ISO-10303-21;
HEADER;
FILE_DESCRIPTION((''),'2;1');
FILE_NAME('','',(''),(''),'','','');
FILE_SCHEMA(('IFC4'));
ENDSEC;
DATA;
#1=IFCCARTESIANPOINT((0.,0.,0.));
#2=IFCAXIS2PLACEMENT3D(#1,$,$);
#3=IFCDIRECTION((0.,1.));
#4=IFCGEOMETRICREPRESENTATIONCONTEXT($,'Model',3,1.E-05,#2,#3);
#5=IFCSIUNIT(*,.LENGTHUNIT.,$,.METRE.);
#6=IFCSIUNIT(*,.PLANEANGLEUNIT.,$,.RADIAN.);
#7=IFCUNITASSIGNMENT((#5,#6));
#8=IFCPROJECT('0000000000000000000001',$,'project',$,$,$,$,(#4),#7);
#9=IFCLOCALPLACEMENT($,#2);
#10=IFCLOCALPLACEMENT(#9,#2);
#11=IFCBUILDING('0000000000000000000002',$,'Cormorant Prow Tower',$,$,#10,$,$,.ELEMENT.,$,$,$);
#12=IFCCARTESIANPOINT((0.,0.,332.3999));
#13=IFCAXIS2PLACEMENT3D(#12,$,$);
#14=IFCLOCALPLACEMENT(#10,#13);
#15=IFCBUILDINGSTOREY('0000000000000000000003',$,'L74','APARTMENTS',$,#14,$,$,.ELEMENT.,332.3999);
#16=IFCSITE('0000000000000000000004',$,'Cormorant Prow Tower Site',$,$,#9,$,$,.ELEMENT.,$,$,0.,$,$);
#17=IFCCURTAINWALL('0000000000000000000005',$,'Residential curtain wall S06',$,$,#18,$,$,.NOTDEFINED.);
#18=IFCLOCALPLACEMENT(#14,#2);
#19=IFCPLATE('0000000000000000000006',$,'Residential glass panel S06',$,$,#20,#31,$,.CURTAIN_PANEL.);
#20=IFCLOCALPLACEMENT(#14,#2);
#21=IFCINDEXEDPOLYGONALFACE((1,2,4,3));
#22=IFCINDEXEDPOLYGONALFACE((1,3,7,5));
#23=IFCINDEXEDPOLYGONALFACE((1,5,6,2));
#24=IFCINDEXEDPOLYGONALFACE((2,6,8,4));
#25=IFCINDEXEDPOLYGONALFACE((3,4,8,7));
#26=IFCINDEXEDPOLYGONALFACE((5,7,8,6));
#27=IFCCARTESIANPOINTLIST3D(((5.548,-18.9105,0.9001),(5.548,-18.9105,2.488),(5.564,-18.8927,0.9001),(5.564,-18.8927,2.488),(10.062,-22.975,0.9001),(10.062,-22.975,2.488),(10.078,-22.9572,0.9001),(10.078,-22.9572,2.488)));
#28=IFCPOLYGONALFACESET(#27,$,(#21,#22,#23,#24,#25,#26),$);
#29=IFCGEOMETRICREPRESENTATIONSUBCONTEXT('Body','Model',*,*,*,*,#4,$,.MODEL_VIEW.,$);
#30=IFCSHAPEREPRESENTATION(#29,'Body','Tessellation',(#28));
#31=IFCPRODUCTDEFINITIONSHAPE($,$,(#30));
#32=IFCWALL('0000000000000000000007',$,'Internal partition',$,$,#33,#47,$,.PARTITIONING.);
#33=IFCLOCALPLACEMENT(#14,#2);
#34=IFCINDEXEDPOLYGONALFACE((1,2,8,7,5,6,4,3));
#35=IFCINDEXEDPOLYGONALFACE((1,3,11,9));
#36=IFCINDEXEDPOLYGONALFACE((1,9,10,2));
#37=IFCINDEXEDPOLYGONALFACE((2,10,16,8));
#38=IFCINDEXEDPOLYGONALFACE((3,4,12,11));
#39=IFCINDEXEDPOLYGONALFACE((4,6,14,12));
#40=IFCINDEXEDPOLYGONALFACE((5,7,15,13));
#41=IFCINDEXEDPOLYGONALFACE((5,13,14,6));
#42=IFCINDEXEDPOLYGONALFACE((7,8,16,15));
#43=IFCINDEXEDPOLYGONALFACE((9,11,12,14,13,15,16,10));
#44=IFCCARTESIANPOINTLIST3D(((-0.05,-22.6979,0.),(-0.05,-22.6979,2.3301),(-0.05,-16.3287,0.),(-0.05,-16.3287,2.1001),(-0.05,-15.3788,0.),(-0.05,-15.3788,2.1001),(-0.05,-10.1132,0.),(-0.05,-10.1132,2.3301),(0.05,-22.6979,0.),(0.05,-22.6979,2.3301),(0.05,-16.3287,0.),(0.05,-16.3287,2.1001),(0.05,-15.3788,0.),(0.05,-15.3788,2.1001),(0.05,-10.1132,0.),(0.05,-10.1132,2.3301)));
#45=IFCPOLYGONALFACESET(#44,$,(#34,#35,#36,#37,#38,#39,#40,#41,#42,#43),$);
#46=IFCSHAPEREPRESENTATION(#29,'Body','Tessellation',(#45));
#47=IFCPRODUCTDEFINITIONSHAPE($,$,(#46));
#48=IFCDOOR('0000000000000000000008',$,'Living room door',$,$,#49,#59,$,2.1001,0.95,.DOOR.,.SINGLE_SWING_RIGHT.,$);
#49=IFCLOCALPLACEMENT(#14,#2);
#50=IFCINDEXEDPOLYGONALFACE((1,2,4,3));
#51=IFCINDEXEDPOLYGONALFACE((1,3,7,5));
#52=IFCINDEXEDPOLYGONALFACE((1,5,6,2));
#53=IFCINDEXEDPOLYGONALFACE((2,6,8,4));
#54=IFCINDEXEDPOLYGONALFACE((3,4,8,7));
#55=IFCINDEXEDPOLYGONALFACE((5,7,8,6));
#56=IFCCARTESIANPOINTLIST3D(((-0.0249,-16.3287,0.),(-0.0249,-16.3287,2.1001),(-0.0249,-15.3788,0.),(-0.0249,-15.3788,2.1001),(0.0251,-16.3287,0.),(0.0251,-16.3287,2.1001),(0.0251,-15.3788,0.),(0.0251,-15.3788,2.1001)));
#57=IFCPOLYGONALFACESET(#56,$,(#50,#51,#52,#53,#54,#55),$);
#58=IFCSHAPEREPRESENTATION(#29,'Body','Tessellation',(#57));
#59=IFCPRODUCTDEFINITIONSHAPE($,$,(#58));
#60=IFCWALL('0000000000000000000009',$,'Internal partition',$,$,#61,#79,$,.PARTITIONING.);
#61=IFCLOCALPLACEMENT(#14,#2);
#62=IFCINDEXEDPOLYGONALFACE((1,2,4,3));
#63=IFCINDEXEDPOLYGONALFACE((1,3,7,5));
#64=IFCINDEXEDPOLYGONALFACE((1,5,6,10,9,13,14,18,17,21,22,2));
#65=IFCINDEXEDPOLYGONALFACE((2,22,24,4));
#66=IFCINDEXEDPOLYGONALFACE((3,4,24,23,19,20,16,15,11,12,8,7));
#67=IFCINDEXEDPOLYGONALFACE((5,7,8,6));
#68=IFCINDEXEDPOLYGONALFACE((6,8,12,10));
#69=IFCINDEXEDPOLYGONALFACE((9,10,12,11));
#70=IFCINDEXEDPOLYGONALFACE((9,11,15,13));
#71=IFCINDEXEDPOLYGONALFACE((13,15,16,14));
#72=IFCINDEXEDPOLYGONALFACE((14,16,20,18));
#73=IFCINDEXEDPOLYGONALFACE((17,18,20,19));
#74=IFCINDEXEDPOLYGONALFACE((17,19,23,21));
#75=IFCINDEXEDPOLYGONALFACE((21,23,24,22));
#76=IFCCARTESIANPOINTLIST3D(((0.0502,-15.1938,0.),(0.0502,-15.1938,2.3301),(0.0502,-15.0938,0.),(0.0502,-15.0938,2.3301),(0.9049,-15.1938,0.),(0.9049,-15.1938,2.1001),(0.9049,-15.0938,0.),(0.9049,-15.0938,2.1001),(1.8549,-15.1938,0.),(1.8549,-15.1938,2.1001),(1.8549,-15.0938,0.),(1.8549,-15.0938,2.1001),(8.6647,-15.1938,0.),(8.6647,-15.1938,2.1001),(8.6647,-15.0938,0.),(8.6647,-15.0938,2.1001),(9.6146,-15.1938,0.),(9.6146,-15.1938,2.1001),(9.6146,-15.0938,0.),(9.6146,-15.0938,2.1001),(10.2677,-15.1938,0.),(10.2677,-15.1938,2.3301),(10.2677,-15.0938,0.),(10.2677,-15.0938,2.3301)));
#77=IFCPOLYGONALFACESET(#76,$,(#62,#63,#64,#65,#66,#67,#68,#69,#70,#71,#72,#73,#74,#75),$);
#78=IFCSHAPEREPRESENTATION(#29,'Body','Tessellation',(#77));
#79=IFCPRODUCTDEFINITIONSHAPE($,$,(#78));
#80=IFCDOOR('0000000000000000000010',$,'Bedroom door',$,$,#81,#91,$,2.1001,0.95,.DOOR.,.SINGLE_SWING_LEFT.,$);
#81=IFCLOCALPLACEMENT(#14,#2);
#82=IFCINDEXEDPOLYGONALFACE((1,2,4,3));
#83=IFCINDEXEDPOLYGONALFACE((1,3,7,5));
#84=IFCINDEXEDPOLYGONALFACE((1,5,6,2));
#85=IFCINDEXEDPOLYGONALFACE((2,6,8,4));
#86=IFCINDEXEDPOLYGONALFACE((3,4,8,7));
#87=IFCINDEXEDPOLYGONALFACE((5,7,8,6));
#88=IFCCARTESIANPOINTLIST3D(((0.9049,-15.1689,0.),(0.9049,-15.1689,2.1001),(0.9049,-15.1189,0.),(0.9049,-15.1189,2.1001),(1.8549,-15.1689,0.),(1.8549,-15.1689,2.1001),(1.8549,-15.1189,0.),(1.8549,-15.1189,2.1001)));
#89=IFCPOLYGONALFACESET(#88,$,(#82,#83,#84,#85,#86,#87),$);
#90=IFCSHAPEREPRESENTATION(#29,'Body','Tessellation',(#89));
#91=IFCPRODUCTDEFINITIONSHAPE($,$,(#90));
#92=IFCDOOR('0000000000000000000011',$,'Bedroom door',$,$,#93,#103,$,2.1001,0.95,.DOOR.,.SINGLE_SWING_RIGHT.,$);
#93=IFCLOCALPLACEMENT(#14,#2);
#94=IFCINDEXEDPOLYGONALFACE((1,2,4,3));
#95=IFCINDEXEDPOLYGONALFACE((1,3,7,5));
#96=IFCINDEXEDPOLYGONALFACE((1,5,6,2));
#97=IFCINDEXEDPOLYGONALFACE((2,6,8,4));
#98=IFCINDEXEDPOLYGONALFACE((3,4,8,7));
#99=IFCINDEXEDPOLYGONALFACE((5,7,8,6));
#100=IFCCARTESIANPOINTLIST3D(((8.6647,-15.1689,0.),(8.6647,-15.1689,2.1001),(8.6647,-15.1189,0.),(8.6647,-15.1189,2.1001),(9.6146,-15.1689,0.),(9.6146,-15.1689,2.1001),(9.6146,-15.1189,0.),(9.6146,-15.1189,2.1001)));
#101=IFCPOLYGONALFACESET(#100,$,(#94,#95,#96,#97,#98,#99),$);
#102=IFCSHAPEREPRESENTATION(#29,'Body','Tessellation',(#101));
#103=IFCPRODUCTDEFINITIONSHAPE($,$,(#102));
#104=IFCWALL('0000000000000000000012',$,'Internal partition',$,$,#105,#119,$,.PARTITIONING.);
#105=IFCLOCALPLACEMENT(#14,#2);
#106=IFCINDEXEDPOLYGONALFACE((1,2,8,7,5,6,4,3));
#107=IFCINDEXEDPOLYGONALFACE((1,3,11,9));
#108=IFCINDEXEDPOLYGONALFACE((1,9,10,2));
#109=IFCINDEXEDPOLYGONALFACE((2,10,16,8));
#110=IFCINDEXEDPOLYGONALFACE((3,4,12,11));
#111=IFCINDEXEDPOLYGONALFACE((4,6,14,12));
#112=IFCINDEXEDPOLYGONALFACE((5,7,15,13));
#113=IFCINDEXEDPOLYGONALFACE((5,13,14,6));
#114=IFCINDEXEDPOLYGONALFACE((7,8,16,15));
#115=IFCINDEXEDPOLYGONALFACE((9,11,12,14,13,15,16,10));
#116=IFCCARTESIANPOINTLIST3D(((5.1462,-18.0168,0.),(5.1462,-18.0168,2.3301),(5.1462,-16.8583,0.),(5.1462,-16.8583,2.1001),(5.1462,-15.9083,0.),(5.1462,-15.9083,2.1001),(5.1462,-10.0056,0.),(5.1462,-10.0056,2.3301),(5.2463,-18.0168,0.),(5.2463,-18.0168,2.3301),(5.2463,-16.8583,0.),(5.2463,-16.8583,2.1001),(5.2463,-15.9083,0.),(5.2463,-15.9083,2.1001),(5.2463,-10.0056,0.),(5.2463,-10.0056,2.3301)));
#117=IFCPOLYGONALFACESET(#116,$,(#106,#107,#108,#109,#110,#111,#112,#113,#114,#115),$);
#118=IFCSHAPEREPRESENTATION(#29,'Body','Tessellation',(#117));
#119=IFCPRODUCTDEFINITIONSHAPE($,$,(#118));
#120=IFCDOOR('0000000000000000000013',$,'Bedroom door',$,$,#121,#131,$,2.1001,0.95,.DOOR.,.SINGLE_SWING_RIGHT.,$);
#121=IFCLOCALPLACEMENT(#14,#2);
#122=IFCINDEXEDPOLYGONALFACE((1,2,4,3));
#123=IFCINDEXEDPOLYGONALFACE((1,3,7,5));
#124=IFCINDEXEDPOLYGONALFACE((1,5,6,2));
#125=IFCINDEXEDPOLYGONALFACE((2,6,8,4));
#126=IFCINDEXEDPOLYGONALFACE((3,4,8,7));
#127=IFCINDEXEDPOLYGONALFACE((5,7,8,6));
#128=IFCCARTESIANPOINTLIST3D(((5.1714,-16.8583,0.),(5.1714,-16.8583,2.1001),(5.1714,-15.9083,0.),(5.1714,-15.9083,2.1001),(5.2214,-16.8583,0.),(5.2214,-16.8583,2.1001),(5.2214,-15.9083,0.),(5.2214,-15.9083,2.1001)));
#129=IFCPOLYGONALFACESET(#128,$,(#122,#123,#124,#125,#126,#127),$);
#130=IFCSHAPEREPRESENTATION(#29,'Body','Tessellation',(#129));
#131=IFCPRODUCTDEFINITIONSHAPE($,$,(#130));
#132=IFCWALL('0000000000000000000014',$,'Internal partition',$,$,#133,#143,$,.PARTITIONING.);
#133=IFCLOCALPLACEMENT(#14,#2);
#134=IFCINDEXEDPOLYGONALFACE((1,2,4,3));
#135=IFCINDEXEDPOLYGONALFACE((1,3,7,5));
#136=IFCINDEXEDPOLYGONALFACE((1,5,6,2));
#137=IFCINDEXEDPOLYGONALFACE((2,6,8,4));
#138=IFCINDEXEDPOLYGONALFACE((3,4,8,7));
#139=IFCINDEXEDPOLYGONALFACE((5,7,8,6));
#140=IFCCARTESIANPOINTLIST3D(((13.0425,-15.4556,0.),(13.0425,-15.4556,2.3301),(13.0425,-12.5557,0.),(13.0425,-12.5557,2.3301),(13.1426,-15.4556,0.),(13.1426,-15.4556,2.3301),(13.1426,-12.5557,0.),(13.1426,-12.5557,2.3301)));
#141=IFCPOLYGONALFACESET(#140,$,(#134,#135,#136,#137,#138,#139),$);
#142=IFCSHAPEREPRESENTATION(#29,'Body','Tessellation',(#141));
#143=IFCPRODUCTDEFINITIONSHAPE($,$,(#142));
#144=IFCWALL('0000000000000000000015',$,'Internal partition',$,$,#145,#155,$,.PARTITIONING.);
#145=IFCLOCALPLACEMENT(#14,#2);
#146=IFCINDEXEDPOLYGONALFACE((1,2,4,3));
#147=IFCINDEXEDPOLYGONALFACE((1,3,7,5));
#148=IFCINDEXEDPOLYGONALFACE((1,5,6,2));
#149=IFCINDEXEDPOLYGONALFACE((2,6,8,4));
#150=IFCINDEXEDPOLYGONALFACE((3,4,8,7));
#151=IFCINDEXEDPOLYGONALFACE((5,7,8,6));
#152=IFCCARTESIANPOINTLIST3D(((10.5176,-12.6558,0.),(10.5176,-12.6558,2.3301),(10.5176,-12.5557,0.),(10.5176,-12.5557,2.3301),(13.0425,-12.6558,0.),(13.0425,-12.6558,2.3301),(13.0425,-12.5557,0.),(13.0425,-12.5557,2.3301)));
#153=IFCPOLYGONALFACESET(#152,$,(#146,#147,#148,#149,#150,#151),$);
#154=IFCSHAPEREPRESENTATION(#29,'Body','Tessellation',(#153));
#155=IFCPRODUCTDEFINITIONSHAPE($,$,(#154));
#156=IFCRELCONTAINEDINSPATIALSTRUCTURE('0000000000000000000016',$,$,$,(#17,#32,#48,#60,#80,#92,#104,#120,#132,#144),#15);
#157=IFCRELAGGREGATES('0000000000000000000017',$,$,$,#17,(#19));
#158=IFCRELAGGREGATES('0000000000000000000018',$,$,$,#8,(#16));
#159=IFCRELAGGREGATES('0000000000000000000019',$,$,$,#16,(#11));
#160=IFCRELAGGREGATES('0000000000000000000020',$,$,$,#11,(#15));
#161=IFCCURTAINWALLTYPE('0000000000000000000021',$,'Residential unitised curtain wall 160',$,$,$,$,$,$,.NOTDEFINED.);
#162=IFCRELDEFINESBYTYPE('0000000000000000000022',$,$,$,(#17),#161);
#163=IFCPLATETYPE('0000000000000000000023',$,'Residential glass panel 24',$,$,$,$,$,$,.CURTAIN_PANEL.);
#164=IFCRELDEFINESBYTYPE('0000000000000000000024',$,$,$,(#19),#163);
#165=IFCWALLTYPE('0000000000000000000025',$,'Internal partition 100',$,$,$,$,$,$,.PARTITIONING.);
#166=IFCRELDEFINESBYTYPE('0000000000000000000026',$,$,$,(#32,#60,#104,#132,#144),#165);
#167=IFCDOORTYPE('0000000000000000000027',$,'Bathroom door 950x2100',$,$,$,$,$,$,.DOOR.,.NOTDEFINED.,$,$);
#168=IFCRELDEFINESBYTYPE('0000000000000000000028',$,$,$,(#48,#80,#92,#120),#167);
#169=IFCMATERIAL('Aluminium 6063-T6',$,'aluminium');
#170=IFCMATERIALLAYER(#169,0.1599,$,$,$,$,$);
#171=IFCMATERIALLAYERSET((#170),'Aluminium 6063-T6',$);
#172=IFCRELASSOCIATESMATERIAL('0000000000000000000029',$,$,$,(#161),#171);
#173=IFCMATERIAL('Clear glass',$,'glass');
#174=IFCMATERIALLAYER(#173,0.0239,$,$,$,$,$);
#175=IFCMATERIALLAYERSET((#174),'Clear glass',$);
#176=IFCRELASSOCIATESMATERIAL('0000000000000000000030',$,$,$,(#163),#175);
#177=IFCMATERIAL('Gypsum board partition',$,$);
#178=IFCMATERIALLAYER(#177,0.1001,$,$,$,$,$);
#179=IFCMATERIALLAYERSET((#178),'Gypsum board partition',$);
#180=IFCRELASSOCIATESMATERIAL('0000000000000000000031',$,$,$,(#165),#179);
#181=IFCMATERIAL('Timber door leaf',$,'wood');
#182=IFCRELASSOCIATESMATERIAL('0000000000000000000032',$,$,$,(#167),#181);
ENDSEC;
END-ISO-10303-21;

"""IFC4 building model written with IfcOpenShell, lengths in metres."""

from ifc_helpers import new_model, si_unit, direction, frame, frame_2d, origin, origin_2d, place, context, subcontext, project, spatial, rectangle, extrude, material, layer, layer_set, type_object, element, fill, aggregate, save


model = new_model("IFC4")

# Units and contexts
model_context = context("Model", 3, precision=1e-05, world=origin(), true_north=direction((0.0, 1.0)))
body_context = subcontext(model_context, "Body", "Model", "MODEL_VIEW")
ifc_project = project(units=[si_unit("LENGTHUNIT", "METRE"), si_unit("PLANEANGLEUNIT", "RADIAN")], contexts=[model_context])

# Site, building, storey
site_placement = place(None, origin())
site = spatial("IfcSite", under=ifc_project, at=site_placement, Name="Cormorant Prow Tower Site", CompositionType="ELEMENT", RefElevation=0.0)
building_placement = place(site_placement, origin())
building = spatial("IfcBuilding", under=site, at=building_placement, Name="Cormorant Prow Tower", CompositionType="ELEMENT")
storey_placement = place(building_placement, frame((0.0, 0.0, 332.3999)))
storey = spatial("IfcBuildingStorey", under=building, at=storey_placement, Name="L74", Description="APARTMENTS", CompositionType="ELEMENT", Elevation=332.3999)

# Curtain wall
ifc_material_1 = material(Name="Aluminium 6063-T6", Category="aluminium")
ifc_layer_1 = layer(ifc_material_1, 0.1599)
ifc_layer_set_1 = layer_set([ifc_layer_1], Name="Aluminium 6063-T6")
curtain_wall_type = type_object("IfcCurtainWallType", Name="Residential unitised curtain wall 160", PredefinedType="NOTDEFINED", material=ifc_layer_set_1)
curtain_wall_placement = place(storey_placement, origin())
curtain_wall = element("IfcCurtainWall", 1, at=curtain_wall_placement, inside=storey, type_object=curtain_wall_type, Name="Residential curtain wall S06", PredefinedType="NOTDEFINED")

# Plate
ifc_material_2 = material(Name="Clear glass", Category="glass")
ifc_layer_2 = layer(ifc_material_2, 0.0239)
ifc_layer_set_2 = layer_set([ifc_layer_2], Name="Clear glass")
plate_type = type_object("IfcPlateType", Name="Residential glass panel 24", PredefinedType="CURTAIN_PANEL", material=ifc_layer_set_2)
plate_placement = place(storey_placement, frame((7.813, -20.9338, 0.9001), z_axis=(0.0, 0.0, 1.0), x_axis=(0.743145, -0.669131, 0.0)))
plate = element("IfcPlate", 2, at=plate_placement, type_object=plate_type, Name="Residential glass panel S06", PredefinedType="CURTAIN_PANEL", context=body_context, shape_type="SweptSolid", body=[
    extrude(rectangle(XDim=6.0742, YDim=0.0239, at=origin_2d()), origin(), (0.0, 0.0, 1.0), 1.5879),
])
aggregate(curtain_wall, [plate])

# Wall, opening, door
ifc_material_3 = material(Name="Gypsum board partition")
ifc_layer_3 = layer(ifc_material_3, 0.1001)
ifc_layer_set_3 = layer_set([ifc_layer_3], Name="Gypsum board partition")
wall_type_1 = type_object("IfcWallType", Name="Internal partition 100", PredefinedType="PARTITIONING", material=ifc_layer_set_3)
wall_1_placement = place(storey_placement, frame((0.0, -22.698, 0.0), z_axis=(0.0, 0.0, 1.0), x_axis=(0.0, 1.0, 0.0)))
wall_1 = element("IfcWall", 3, at=wall_1_placement, inside=storey, type_object=wall_type_1, Name="Internal partition", PredefinedType="PARTITIONING", context=body_context, shape_type="SweptSolid", body=[
    extrude(rectangle(XDim=12.5847, YDim=0.1001, at=frame_2d((6.2925, 0.0))), origin(), (0.0, 0.0, 1.0), 2.3301),
])
opening_1_placement = place(wall_1_placement, frame((6.3691, 0.0, 0.0)))
opening_1 = element("IfcOpeningElement", 4, at=opening_1_placement, cuts=wall_1, PredefinedType="OPENING", context=body_context, shape_type="SweptSolid", body=[
    extrude(rectangle(XDim=0.95, YDim=2.1001, at=frame_2d((0.4751, 1.05))), frame((0.0, 0.0601, 0.0), z_axis=(0.0, -1.0, 0.0), x_axis=(1.0, 0.0, 0.0)), (0.0, 0.0, 1.0), 0.1201),
])
ifc_material_4 = material(Name="Timber door leaf", Category="wood")
door_type_1 = type_object("IfcDoorType", Name="Bathroom door 950x2100", OperationType="NOTDEFINED", PredefinedType="DOOR", material=ifc_material_4)
door_1_placement = place(opening_1_placement, origin())
door_1 = element("IfcDoor", 5, at=door_1_placement, inside=storey, type_object=door_type_1, Name="Living room door", OperationType="SINGLE_SWING_RIGHT", OverallHeight=2.1001, OverallWidth=0.95, PredefinedType="DOOR", context=body_context, shape_type="SweptSolid", body=[
    extrude(rectangle(XDim=0.95, YDim=2.1001, at=frame_2d((0.4751, 1.05))), frame((0.0, 0.0249, 0.0), z_axis=(0.0, -1.0, 0.0), x_axis=(1.0, 0.0, 0.0)), (0.0, 0.0, 1.0), 0.05),
])
fill(opening_1, door_1)

# Wall, openings, doors
wall_2_placement = place(storey_placement, frame((0.05, -15.1438, 0.0), z_axis=(0.0, 0.0, 1.0), x_axis=(1.0, 0.0, 0.0)))
wall_2 = element("IfcWall", 6, at=wall_2_placement, inside=storey, type_object=wall_type_1, Name="Internal partition", PredefinedType="PARTITIONING", context=body_context, shape_type="SweptSolid", body=[
    extrude(rectangle(XDim=10.2175, YDim=0.1001, at=frame_2d((5.1089, 0.0))), origin(), (0.0, 0.0, 1.0), 2.3301),
])
opening_2_placement = place(wall_2_placement, frame((0.8547, 0.0, 0.0)))
opening_2 = element("IfcOpeningElement", 7, at=opening_2_placement, cuts=wall_2, PredefinedType="OPENING", context=body_context, shape_type="SweptSolid", body=[
    extrude(rectangle(XDim=0.95, YDim=2.1001, at=frame_2d((0.4751, 1.05))), frame((0.0, 0.0601, 0.0), z_axis=(0.0, -1.0, 0.0), x_axis=(1.0, 0.0, 0.0)), (0.0, 0.0, 1.0), 0.1201),
])
opening_3_placement = place(wall_2_placement, frame((8.6145, 0.0, 0.0)))
opening_3 = element("IfcOpeningElement", 8, at=opening_3_placement, cuts=wall_2, PredefinedType="OPENING", context=body_context, shape_type="SweptSolid", body=[
    extrude(rectangle(XDim=0.95, YDim=2.1001, at=frame_2d((0.4751, 1.05))), frame((0.0, 0.0601, 0.0), z_axis=(0.0, -1.0, 0.0), x_axis=(1.0, 0.0, 0.0)), (0.0, 0.0, 1.0), 0.1201),
])
door_2_placement = place(opening_2_placement, origin())
door_2 = element("IfcDoor", 9, at=door_2_placement, inside=storey, type_object=door_type_1, Name="Bedroom door", OperationType="SINGLE_SWING_LEFT", OverallHeight=2.1001, OverallWidth=0.95, PredefinedType="DOOR", context=body_context, shape_type="SweptSolid", body=[
    extrude(rectangle(XDim=0.95, YDim=2.1001, at=frame_2d((0.4751, 1.05))), frame((0.0, 0.0249, 0.0), z_axis=(0.0, -1.0, 0.0), x_axis=(1.0, 0.0, 0.0)), (0.0, 0.0, 1.0), 0.05),
])
fill(opening_2, door_2)
door_3_placement = place(opening_3_placement, origin())
door_3 = element("IfcDoor", 10, at=door_3_placement, inside=storey, type_object=door_type_1, Name="Bedroom door", OperationType="SINGLE_SWING_RIGHT", OverallHeight=2.1001, OverallWidth=0.95, PredefinedType="DOOR", context=body_context, shape_type="SweptSolid", body=[
    extrude(rectangle(XDim=0.95, YDim=2.1001, at=frame_2d((0.4751, 1.05))), frame((0.0, 0.0249, 0.0), z_axis=(0.0, -1.0, 0.0), x_axis=(1.0, 0.0, 0.0)), (0.0, 0.0, 1.0), 0.05),
])
fill(opening_3, door_3)

# Wall, opening, door
wall_3_placement = place(storey_placement, frame((5.1963, -18.0168, 0.0), z_axis=(0.0, 0.0, 1.0), x_axis=(0.0, 1.0, 0.0)))
wall_3 = element("IfcWall", 11, at=wall_3_placement, inside=storey, type_object=wall_type_1, Name="Internal partition", PredefinedType="PARTITIONING", context=body_context, shape_type="SweptSolid", body=[
    extrude(rectangle(XDim=8.0112, YDim=0.1001, at=frame_2d((4.0056, 0.0))), origin(), (0.0, 0.0, 1.0), 2.3301),
])
opening_4_placement = place(wall_3_placement, frame((1.1584, 0.0, 0.0)))
opening_4 = element("IfcOpeningElement", 12, at=opening_4_placement, cuts=wall_3, PredefinedType="OPENING", context=body_context, shape_type="SweptSolid", body=[
    extrude(rectangle(XDim=0.95, YDim=2.1001, at=frame_2d((0.4751, 1.05))), frame((0.0, 0.0601, 0.0), z_axis=(0.0, -1.0, 0.0), x_axis=(1.0, 0.0, 0.0)), (0.0, 0.0, 1.0), 0.1201),
])
door_4_placement = place(opening_4_placement, origin())
door_4 = element("IfcDoor", 13, at=door_4_placement, inside=storey, type_object=door_type_1, Name="Bedroom door", OperationType="SINGLE_SWING_RIGHT", OverallHeight=2.1001, OverallWidth=0.95, PredefinedType="DOOR", context=body_context, shape_type="SweptSolid", body=[
    extrude(rectangle(XDim=0.95, YDim=2.1001, at=frame_2d((0.4751, 1.05))), frame((0.0, 0.0249, 0.0), z_axis=(0.0, -1.0, 0.0), x_axis=(1.0, 0.0, 0.0)), (0.0, 0.0, 1.0), 0.05),
])
fill(opening_4, door_4)

# Walls
wall_4_placement = place(storey_placement, frame((13.0925, -15.4556, 0.0), z_axis=(0.0, 0.0, 1.0), x_axis=(0.0, 1.0, 0.0)))
element("IfcWall", 14, at=wall_4_placement, inside=storey, type_object=wall_type_1, Name="Internal partition", PredefinedType="PARTITIONING", context=body_context, shape_type="SweptSolid", body=[
    extrude(rectangle(XDim=2.8999, YDim=0.1001, at=frame_2d((1.45, 0.0))), origin(), (0.0, 0.0, 1.0), 2.3301),
])
wall_5_placement = place(storey_placement, frame((10.5176, -12.6057, 0.0), z_axis=(0.0, 0.0, 1.0), x_axis=(1.0, 0.0, 0.0)))
element("IfcWall", 15, at=wall_5_placement, inside=storey, type_object=wall_type_1, Name="Internal partition", PredefinedType="PARTITIONING", context=body_context, shape_type="SweptSolid", body=[
    extrude(rectangle(XDim=2.5249, YDim=0.1001, at=frame_2d((1.2625, 0.0))), origin(), (0.0, 0.0, 1.0), 2.3301),
])

save(model, "model.ifc")
